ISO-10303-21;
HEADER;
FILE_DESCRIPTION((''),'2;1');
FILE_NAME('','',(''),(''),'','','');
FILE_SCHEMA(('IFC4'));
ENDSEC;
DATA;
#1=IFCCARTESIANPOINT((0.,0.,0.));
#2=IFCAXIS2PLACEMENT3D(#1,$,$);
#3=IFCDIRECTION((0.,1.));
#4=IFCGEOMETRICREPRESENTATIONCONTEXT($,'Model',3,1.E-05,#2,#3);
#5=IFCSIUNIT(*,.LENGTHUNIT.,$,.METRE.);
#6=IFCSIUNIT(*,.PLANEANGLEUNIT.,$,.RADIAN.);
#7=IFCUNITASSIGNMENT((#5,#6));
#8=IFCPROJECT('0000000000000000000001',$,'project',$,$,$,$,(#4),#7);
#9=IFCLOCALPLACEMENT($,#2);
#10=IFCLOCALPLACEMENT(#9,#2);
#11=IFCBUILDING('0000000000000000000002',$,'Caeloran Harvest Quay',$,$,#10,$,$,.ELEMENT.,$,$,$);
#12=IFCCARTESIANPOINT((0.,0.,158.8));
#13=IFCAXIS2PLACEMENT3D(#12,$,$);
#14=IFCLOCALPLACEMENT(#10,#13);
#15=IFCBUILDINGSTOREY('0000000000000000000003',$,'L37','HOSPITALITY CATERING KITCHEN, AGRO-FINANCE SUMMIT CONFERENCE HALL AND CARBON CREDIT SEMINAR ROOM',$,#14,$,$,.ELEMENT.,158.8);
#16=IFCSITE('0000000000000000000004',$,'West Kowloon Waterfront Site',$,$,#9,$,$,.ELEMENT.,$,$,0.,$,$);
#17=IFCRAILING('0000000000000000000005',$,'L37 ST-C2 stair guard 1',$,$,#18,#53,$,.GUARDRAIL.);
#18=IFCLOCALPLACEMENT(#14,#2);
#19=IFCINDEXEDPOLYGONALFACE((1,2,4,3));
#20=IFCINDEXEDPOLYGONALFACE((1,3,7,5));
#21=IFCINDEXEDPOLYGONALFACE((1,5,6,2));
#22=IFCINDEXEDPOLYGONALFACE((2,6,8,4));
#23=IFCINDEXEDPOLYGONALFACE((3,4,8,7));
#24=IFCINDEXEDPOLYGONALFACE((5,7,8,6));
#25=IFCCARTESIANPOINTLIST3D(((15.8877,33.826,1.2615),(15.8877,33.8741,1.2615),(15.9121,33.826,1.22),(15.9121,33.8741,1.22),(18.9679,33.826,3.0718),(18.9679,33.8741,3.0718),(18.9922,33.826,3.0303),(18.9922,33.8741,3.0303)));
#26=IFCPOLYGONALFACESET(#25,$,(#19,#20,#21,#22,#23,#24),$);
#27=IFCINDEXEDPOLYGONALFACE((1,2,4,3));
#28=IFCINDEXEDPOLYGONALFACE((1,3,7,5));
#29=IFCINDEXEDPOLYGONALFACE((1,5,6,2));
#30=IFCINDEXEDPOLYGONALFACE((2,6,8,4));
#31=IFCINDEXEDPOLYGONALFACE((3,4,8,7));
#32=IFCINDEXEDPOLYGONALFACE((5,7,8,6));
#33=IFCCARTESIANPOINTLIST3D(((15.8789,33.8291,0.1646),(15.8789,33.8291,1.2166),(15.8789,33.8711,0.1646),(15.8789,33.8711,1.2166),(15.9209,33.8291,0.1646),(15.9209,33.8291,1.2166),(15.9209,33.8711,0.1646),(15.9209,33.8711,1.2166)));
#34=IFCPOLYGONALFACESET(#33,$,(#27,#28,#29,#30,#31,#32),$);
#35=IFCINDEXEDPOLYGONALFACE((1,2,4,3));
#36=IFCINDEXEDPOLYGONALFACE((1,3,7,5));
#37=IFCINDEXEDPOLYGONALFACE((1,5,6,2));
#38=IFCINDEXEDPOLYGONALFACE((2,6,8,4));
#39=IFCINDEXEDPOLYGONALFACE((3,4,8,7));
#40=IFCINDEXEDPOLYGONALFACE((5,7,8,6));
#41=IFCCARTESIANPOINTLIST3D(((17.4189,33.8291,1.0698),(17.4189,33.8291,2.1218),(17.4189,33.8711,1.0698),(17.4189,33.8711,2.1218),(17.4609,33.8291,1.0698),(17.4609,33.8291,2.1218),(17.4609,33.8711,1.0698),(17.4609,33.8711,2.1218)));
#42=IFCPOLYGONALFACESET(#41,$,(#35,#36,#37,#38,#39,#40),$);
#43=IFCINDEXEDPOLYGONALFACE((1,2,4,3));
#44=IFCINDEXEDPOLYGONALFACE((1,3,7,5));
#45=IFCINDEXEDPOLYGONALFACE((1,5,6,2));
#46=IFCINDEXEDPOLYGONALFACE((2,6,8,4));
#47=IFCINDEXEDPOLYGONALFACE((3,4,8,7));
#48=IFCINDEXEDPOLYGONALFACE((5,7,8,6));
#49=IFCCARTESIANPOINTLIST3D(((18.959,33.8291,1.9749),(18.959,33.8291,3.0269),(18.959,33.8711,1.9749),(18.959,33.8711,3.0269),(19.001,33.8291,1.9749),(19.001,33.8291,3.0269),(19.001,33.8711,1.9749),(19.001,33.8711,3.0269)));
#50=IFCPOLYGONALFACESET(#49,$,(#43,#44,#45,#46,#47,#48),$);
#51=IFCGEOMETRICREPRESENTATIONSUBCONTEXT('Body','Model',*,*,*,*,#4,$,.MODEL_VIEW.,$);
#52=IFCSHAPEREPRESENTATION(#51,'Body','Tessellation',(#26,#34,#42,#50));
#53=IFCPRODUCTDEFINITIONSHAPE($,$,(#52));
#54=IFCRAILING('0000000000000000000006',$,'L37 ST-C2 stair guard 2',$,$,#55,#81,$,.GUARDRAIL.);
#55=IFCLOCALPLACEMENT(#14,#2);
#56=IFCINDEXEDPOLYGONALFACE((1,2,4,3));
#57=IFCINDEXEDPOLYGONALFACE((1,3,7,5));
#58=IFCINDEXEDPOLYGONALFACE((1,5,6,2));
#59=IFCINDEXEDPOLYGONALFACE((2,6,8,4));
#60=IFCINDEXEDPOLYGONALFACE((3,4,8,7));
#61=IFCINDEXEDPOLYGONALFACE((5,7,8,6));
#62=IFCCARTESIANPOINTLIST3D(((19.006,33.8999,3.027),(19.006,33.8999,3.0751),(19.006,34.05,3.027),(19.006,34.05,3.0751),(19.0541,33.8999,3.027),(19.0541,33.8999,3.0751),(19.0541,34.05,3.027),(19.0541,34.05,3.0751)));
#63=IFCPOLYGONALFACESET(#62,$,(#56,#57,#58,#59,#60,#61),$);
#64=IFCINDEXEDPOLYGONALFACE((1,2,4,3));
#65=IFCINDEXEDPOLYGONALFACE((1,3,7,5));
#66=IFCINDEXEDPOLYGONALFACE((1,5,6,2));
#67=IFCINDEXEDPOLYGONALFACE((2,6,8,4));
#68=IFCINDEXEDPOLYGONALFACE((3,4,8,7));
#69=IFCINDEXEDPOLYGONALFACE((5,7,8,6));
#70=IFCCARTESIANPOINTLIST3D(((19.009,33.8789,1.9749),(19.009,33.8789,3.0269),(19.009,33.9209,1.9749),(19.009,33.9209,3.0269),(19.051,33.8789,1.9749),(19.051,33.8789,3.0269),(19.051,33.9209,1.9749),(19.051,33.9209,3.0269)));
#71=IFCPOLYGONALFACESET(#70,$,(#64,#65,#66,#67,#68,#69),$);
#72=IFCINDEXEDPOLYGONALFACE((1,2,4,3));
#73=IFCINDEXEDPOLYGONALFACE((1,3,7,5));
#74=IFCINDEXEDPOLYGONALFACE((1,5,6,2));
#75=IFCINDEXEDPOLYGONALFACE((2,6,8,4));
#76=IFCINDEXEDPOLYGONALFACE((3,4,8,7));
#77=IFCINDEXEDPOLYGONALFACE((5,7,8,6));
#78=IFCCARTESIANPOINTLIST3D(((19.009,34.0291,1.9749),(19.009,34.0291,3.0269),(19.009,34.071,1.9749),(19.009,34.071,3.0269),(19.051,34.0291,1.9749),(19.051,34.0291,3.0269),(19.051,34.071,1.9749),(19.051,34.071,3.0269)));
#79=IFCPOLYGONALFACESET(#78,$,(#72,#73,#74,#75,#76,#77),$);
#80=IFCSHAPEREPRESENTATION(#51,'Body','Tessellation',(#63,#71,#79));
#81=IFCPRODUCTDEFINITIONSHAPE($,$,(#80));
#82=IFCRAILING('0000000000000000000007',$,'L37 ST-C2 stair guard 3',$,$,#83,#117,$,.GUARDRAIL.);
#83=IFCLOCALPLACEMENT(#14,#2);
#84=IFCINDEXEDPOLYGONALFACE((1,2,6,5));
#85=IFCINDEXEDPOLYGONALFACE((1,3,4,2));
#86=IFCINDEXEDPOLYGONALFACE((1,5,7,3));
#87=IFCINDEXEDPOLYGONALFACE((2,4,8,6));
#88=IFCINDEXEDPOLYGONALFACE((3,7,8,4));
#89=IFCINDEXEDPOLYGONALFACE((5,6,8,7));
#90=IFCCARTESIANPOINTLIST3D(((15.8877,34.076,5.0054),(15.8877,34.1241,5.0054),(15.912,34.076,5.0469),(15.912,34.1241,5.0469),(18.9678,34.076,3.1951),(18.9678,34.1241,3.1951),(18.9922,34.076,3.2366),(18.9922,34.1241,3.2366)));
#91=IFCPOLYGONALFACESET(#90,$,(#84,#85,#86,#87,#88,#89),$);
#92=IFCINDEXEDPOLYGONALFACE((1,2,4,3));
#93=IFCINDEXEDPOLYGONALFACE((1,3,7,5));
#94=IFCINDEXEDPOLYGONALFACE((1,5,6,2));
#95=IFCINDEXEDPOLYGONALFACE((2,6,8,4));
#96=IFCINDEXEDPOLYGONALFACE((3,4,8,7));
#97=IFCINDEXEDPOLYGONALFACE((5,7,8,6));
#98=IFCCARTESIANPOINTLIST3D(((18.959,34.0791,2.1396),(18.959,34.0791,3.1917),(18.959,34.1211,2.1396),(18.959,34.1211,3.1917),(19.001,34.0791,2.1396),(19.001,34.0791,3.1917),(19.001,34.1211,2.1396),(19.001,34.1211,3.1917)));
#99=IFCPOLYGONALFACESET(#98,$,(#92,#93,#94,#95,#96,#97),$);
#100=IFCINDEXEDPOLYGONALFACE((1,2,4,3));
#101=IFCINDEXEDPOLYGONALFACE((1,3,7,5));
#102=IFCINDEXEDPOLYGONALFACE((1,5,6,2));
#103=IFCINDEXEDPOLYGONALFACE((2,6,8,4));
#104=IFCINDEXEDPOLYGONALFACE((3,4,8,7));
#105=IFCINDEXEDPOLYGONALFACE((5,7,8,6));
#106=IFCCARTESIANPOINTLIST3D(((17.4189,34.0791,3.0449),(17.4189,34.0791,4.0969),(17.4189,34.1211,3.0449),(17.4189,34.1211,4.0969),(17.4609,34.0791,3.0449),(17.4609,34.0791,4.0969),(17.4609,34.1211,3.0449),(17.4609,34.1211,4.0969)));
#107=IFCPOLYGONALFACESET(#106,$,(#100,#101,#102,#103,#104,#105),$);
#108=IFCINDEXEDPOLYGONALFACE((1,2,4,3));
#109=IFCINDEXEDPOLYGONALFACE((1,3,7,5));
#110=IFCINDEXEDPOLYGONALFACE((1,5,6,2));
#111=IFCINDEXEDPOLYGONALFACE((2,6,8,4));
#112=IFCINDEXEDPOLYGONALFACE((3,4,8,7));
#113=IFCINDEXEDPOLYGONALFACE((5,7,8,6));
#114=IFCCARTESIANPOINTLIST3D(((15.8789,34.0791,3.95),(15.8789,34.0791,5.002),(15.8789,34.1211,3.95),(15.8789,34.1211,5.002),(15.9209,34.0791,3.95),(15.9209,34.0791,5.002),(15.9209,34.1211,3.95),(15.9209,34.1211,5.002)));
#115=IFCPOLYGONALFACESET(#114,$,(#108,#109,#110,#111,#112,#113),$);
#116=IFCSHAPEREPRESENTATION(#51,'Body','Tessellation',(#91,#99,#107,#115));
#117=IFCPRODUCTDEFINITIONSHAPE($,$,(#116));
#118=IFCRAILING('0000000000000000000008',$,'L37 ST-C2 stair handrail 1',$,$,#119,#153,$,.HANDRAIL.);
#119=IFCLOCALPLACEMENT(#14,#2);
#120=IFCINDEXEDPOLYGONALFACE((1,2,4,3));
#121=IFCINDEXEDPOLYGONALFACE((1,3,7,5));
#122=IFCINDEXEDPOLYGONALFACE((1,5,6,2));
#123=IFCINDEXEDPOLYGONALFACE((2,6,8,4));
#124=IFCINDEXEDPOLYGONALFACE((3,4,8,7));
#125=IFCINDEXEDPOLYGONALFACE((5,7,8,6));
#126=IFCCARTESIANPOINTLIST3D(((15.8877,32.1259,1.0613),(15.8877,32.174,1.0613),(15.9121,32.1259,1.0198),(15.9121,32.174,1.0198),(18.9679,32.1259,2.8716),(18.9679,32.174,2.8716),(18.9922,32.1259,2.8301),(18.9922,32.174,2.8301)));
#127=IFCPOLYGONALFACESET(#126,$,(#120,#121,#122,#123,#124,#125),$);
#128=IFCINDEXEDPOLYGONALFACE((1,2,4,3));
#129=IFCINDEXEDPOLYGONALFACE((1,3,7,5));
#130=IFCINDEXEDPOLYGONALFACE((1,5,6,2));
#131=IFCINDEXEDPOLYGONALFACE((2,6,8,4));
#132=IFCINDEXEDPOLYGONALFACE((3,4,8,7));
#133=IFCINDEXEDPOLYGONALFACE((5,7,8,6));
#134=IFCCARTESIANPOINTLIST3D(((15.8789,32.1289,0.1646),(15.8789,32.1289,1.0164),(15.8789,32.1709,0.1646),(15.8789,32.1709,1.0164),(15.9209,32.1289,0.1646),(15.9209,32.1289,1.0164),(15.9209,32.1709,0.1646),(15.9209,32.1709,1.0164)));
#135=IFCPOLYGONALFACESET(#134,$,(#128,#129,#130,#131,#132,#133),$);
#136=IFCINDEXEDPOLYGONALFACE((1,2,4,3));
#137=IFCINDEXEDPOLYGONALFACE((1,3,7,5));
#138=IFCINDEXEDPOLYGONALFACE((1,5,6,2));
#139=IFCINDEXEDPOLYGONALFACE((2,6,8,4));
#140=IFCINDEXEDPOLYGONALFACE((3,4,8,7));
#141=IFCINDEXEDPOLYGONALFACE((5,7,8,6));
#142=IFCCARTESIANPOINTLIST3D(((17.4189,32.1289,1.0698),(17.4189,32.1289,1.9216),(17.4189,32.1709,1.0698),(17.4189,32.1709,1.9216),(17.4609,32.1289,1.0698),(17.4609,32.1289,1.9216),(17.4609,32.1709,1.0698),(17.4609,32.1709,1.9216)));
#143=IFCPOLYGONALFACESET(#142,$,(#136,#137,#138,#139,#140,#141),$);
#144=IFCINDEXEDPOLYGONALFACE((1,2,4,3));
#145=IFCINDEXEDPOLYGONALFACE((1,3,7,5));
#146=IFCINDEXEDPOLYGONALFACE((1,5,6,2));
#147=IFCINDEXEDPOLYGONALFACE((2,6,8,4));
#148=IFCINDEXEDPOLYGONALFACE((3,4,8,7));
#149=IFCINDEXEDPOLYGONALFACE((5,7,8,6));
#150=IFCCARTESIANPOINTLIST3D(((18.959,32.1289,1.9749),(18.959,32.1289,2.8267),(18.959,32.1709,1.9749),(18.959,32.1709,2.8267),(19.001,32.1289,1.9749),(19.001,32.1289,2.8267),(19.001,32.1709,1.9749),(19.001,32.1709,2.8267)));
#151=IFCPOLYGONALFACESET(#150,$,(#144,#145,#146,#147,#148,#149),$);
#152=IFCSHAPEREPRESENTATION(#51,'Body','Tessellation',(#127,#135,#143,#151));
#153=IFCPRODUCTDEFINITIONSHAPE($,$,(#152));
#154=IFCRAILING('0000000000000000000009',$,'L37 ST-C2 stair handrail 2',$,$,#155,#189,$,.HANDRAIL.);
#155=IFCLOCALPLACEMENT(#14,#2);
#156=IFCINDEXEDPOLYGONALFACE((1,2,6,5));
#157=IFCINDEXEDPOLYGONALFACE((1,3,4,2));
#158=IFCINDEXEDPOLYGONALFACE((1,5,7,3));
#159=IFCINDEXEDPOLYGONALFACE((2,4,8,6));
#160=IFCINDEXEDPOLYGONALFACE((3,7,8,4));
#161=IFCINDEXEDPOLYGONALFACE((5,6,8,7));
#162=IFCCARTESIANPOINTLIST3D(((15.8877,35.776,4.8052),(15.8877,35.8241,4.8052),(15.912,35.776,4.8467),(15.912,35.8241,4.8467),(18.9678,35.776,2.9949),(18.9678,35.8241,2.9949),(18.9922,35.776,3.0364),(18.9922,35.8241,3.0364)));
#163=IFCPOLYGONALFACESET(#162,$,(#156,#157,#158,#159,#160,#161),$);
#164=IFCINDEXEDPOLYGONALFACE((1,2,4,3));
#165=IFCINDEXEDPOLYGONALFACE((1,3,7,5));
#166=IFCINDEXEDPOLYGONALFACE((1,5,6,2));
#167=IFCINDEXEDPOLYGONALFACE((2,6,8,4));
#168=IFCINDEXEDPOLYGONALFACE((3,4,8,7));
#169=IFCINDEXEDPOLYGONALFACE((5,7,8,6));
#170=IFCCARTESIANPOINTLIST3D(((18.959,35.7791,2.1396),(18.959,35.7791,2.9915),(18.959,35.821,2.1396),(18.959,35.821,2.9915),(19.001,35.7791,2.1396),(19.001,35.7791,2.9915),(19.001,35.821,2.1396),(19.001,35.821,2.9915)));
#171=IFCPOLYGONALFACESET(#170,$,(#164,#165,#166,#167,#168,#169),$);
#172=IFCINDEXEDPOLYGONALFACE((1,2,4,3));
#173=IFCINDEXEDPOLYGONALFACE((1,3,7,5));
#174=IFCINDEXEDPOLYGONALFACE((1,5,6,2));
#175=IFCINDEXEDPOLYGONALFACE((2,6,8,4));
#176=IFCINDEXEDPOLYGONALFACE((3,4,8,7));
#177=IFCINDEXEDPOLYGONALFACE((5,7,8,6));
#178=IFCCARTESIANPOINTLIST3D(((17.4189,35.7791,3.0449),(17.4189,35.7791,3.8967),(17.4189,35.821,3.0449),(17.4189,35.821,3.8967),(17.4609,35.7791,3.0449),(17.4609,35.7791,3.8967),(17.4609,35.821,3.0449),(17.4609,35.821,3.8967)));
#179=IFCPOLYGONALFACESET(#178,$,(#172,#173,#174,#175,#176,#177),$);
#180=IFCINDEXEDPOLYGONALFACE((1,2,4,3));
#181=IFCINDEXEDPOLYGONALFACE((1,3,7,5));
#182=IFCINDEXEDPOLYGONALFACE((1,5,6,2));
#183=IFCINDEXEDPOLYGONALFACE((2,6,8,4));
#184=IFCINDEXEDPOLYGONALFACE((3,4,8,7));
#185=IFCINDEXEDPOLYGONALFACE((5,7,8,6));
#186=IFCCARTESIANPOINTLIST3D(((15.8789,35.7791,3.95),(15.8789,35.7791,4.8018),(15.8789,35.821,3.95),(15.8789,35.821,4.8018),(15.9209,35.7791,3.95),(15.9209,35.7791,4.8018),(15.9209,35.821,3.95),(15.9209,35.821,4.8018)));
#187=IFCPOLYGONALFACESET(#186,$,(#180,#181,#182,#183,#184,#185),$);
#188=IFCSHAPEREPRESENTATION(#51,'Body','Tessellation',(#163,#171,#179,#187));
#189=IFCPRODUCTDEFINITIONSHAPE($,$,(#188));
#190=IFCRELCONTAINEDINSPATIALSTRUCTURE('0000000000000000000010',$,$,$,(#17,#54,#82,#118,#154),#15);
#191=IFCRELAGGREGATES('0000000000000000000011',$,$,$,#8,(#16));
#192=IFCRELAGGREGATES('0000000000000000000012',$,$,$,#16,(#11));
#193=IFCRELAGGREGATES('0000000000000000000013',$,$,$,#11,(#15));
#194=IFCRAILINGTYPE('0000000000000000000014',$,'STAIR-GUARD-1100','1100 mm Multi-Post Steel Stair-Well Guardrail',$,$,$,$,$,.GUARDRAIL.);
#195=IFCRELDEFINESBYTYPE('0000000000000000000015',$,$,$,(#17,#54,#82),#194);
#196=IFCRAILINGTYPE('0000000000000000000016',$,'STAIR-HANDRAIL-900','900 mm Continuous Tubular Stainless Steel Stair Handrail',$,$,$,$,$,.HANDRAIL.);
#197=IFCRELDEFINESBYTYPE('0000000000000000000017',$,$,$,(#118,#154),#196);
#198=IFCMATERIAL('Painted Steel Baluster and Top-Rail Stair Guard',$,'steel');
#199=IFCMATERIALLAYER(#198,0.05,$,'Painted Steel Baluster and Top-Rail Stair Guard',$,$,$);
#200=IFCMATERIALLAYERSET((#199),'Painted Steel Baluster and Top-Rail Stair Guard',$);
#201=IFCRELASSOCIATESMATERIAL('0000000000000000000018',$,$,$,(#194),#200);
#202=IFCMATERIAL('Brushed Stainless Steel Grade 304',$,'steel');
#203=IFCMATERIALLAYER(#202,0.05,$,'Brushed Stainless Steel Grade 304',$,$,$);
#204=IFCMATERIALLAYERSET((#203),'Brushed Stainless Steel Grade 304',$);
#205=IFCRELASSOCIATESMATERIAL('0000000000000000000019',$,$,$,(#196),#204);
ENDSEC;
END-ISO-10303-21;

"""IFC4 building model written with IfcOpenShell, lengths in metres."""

from ifc_helpers import new_model, si_unit, direction, frame, origin, origin_2d, place, context, subcontext, project, spatial, rectangle, extrude, material, layer, layer_set, type_object, element, save


model = new_model("IFC4")

# Units and contexts
model_context = context("Model", 3, precision=1e-05, world=origin(), true_north=direction((0.0, 1.0)))
body_context = subcontext(model_context, "Body", "Model", "MODEL_VIEW")
ifc_project = project(units=[si_unit("LENGTHUNIT", "METRE"), si_unit("PLANEANGLEUNIT", "RADIAN")], contexts=[model_context])

# Site, building, storey
site_placement = place(None, origin())
site = spatial("IfcSite", under=ifc_project, at=site_placement, Name="West Kowloon Waterfront Site", CompositionType="ELEMENT", RefElevation=0.0)
building_placement = place(site_placement, origin())
building = spatial("IfcBuilding", under=site, at=building_placement, Name="Caeloran Harvest Quay", CompositionType="ELEMENT")
storey_placement = place(building_placement, frame((0.0, 0.0, 158.8)))
storey = spatial("IfcBuildingStorey", under=building, at=storey_placement, Name="L37", Description="HOSPITALITY CATERING KITCHEN, AGRO-FINANCE SUMMIT CONFERENCE HALL AND CARBON CREDIT SEMINAR ROOM", CompositionType="ELEMENT", Elevation=158.8)

# Railings
ifc_material_1 = material(Name="Painted Steel Baluster and Top-Rail Stair Guard", Category="steel")
ifc_layer_1 = layer(ifc_material_1, 0.05, Name="Painted Steel Baluster and Top-Rail Stair Guard")
ifc_layer_set_1 = layer_set([ifc_layer_1], Name="Painted Steel Baluster and Top-Rail Stair Guard")
railing_type_1 = type_object("IfcRailingType", Name="STAIR-GUARD-1100", Description="1100 mm Multi-Post Steel Stair-Well Guardrail", PredefinedType="GUARDRAIL", material=ifc_layer_set_1)
railing_1_placement = place(storey_placement, frame((15.8999, 33.8501, 0.1646)))
element("IfcRailing", 1, at=railing_1_placement, inside=storey, type_object=railing_type_1, Name="L37 ST-C2 stair guard 1", PredefinedType="GUARDRAIL", context=body_context, shape_type="SweptSolid", body=[
    extrude(rectangle(XDim=0.0481, YDim=0.0481, at=origin_2d()), frame((0.0, 0.0, 1.0762), z_axis=(0.862119, 0.0, 0.506707), x_axis=(0.0, 1.0, 0.0)), (0.0, 0.0, 1.0), 3.5728),
    extrude(rectangle(XDim=0.042, YDim=0.042, at=origin_2d()), origin(), (0.0, 0.0, 1.0), 1.052),
    extrude(rectangle(XDim=0.042, YDim=0.042, at=origin_2d()), frame((1.54, 0.0, 0.9053)), (0.0, 0.0, 1.0), 1.052),
    extrude(rectangle(XDim=0.042, YDim=0.042, at=origin_2d()), frame((3.0801, 0.0, 1.8103)), (0.0, 0.0, 1.0), 1.052),
])
railing_2_placement = place(storey_placement, frame((19.03, 33.8999, 1.9749)))
element("IfcRailing", 2, at=railing_2_placement, inside=storey, type_object=railing_type_1, Name="L37 ST-C2 stair guard 2", PredefinedType="GUARDRAIL", context=body_context, shape_type="SweptSolid", body=[
    extrude(rectangle(XDim=0.0481, YDim=0.0481, at=origin_2d()), frame((0.0, 0.0, 1.0762), z_axis=(0.0, 1.0, 0.0), x_axis=(-1.0, 0.0, 0.0)), (0.0, 0.0, 1.0), 0.1501),
    extrude(rectangle(XDim=0.042, YDim=0.042, at=origin_2d()), origin(), (0.0, 0.0, 1.0), 1.052),
    extrude(rectangle(XDim=0.042, YDim=0.042, at=origin_2d()), frame((0.0, 0.1501, 0.0)), (0.0, 0.0, 1.0), 1.052),
])
railing_3_placement = place(storey_placement, frame((18.98, 34.1001, 2.1396)))
element("IfcRailing", 3, at=railing_3_placement, inside=storey, type_object=railing_type_1, Name="L37 ST-C2 stair guard 3", PredefinedType="GUARDRAIL", context=body_context, shape_type="SweptSolid", body=[
    extrude(rectangle(XDim=0.0481, YDim=0.0481, at=origin_2d()), frame((0.0, 0.0, 1.0762), z_axis=(-0.862119, 0.0, 0.506707), x_axis=(0.0, -1.0, 0.0)), (0.0, 0.0, 1.0), 3.5728),
    extrude(rectangle(XDim=0.042, YDim=0.042, at=origin_2d()), origin(), (0.0, 0.0, 1.0), 1.052),
    extrude(rectangle(XDim=0.042, YDim=0.042, at=origin_2d()), frame((-1.54, 0.0, 0.9053)), (0.0, 0.0, 1.0), 1.052),
    extrude(rectangle(XDim=0.042, YDim=0.042, at=origin_2d()), frame((-3.0801, 0.0, 1.8103)), (0.0, 0.0, 1.0), 1.052),
])
ifc_material_2 = material(Name="Brushed Stainless Steel Grade 304", Category="steel")
ifc_layer_2 = layer(ifc_material_2, 0.05, Name="Brushed Stainless Steel Grade 304")
ifc_layer_set_2 = layer_set([ifc_layer_2], Name="Brushed Stainless Steel Grade 304")
railing_type_2 = type_object("IfcRailingType", Name="STAIR-HANDRAIL-900", Description="900 mm Continuous Tubular Stainless Steel Stair Handrail", PredefinedType="HANDRAIL", material=ifc_layer_set_2)
railing_4_placement = place(storey_placement, frame((15.8999, 32.1499, 0.1646)))
element("IfcRailing", 4, at=railing_4_placement, inside=storey, type_object=railing_type_2, Name="L37 ST-C2 stair handrail 1", PredefinedType="HANDRAIL", context=body_context, shape_type="SweptSolid", body=[
    extrude(rectangle(XDim=0.0481, YDim=0.0481, at=origin_2d()), frame((0.0, 0.0, 0.876), z_axis=(0.862119, 0.0, 0.506707), x_axis=(0.0, 1.0, 0.0)), (0.0, 0.0, 1.0), 3.5728),
    extrude(rectangle(XDim=0.042, YDim=0.042, at=origin_2d()), origin(), (0.0, 0.0, 1.0), 0.8518),
    extrude(rectangle(XDim=0.042, YDim=0.042, at=origin_2d()), frame((1.54, 0.0, 0.9053)), (0.0, 0.0, 1.0), 0.8518),
    extrude(rectangle(XDim=0.042, YDim=0.042, at=origin_2d()), frame((3.0801, 0.0, 1.8103)), (0.0, 0.0, 1.0), 0.8518),
])
railing_5_placement = place(storey_placement, frame((18.98, 35.8, 2.1396)))
element("IfcRailing", 5, at=railing_5_placement, inside=storey, type_object=railing_type_2, Name="L37 ST-C2 stair handrail 2", PredefinedType="HANDRAIL", context=body_context, shape_type="SweptSolid", body=[
    extrude(rectangle(XDim=0.0481, YDim=0.0481, at=origin_2d()), frame((0.0, 0.0, 0.876), z_axis=(-0.862119, 0.0, 0.506707), x_axis=(0.0, -1.0, 0.0)), (0.0, 0.0, 1.0), 3.5728),
    extrude(rectangle(XDim=0.042, YDim=0.042, at=origin_2d()), origin(), (0.0, 0.0, 1.0), 0.8518),
    extrude(rectangle(XDim=0.042, YDim=0.042, at=origin_2d()), frame((-1.54, 0.0, 0.9053)), (0.0, 0.0, 1.0), 0.8518),
    extrude(rectangle(XDim=0.042, YDim=0.042, at=origin_2d()), frame((-3.0801, 0.0, 1.8103)), (0.0, 0.0, 1.0), 0.8518),
])

save(model, "model.ifc")
